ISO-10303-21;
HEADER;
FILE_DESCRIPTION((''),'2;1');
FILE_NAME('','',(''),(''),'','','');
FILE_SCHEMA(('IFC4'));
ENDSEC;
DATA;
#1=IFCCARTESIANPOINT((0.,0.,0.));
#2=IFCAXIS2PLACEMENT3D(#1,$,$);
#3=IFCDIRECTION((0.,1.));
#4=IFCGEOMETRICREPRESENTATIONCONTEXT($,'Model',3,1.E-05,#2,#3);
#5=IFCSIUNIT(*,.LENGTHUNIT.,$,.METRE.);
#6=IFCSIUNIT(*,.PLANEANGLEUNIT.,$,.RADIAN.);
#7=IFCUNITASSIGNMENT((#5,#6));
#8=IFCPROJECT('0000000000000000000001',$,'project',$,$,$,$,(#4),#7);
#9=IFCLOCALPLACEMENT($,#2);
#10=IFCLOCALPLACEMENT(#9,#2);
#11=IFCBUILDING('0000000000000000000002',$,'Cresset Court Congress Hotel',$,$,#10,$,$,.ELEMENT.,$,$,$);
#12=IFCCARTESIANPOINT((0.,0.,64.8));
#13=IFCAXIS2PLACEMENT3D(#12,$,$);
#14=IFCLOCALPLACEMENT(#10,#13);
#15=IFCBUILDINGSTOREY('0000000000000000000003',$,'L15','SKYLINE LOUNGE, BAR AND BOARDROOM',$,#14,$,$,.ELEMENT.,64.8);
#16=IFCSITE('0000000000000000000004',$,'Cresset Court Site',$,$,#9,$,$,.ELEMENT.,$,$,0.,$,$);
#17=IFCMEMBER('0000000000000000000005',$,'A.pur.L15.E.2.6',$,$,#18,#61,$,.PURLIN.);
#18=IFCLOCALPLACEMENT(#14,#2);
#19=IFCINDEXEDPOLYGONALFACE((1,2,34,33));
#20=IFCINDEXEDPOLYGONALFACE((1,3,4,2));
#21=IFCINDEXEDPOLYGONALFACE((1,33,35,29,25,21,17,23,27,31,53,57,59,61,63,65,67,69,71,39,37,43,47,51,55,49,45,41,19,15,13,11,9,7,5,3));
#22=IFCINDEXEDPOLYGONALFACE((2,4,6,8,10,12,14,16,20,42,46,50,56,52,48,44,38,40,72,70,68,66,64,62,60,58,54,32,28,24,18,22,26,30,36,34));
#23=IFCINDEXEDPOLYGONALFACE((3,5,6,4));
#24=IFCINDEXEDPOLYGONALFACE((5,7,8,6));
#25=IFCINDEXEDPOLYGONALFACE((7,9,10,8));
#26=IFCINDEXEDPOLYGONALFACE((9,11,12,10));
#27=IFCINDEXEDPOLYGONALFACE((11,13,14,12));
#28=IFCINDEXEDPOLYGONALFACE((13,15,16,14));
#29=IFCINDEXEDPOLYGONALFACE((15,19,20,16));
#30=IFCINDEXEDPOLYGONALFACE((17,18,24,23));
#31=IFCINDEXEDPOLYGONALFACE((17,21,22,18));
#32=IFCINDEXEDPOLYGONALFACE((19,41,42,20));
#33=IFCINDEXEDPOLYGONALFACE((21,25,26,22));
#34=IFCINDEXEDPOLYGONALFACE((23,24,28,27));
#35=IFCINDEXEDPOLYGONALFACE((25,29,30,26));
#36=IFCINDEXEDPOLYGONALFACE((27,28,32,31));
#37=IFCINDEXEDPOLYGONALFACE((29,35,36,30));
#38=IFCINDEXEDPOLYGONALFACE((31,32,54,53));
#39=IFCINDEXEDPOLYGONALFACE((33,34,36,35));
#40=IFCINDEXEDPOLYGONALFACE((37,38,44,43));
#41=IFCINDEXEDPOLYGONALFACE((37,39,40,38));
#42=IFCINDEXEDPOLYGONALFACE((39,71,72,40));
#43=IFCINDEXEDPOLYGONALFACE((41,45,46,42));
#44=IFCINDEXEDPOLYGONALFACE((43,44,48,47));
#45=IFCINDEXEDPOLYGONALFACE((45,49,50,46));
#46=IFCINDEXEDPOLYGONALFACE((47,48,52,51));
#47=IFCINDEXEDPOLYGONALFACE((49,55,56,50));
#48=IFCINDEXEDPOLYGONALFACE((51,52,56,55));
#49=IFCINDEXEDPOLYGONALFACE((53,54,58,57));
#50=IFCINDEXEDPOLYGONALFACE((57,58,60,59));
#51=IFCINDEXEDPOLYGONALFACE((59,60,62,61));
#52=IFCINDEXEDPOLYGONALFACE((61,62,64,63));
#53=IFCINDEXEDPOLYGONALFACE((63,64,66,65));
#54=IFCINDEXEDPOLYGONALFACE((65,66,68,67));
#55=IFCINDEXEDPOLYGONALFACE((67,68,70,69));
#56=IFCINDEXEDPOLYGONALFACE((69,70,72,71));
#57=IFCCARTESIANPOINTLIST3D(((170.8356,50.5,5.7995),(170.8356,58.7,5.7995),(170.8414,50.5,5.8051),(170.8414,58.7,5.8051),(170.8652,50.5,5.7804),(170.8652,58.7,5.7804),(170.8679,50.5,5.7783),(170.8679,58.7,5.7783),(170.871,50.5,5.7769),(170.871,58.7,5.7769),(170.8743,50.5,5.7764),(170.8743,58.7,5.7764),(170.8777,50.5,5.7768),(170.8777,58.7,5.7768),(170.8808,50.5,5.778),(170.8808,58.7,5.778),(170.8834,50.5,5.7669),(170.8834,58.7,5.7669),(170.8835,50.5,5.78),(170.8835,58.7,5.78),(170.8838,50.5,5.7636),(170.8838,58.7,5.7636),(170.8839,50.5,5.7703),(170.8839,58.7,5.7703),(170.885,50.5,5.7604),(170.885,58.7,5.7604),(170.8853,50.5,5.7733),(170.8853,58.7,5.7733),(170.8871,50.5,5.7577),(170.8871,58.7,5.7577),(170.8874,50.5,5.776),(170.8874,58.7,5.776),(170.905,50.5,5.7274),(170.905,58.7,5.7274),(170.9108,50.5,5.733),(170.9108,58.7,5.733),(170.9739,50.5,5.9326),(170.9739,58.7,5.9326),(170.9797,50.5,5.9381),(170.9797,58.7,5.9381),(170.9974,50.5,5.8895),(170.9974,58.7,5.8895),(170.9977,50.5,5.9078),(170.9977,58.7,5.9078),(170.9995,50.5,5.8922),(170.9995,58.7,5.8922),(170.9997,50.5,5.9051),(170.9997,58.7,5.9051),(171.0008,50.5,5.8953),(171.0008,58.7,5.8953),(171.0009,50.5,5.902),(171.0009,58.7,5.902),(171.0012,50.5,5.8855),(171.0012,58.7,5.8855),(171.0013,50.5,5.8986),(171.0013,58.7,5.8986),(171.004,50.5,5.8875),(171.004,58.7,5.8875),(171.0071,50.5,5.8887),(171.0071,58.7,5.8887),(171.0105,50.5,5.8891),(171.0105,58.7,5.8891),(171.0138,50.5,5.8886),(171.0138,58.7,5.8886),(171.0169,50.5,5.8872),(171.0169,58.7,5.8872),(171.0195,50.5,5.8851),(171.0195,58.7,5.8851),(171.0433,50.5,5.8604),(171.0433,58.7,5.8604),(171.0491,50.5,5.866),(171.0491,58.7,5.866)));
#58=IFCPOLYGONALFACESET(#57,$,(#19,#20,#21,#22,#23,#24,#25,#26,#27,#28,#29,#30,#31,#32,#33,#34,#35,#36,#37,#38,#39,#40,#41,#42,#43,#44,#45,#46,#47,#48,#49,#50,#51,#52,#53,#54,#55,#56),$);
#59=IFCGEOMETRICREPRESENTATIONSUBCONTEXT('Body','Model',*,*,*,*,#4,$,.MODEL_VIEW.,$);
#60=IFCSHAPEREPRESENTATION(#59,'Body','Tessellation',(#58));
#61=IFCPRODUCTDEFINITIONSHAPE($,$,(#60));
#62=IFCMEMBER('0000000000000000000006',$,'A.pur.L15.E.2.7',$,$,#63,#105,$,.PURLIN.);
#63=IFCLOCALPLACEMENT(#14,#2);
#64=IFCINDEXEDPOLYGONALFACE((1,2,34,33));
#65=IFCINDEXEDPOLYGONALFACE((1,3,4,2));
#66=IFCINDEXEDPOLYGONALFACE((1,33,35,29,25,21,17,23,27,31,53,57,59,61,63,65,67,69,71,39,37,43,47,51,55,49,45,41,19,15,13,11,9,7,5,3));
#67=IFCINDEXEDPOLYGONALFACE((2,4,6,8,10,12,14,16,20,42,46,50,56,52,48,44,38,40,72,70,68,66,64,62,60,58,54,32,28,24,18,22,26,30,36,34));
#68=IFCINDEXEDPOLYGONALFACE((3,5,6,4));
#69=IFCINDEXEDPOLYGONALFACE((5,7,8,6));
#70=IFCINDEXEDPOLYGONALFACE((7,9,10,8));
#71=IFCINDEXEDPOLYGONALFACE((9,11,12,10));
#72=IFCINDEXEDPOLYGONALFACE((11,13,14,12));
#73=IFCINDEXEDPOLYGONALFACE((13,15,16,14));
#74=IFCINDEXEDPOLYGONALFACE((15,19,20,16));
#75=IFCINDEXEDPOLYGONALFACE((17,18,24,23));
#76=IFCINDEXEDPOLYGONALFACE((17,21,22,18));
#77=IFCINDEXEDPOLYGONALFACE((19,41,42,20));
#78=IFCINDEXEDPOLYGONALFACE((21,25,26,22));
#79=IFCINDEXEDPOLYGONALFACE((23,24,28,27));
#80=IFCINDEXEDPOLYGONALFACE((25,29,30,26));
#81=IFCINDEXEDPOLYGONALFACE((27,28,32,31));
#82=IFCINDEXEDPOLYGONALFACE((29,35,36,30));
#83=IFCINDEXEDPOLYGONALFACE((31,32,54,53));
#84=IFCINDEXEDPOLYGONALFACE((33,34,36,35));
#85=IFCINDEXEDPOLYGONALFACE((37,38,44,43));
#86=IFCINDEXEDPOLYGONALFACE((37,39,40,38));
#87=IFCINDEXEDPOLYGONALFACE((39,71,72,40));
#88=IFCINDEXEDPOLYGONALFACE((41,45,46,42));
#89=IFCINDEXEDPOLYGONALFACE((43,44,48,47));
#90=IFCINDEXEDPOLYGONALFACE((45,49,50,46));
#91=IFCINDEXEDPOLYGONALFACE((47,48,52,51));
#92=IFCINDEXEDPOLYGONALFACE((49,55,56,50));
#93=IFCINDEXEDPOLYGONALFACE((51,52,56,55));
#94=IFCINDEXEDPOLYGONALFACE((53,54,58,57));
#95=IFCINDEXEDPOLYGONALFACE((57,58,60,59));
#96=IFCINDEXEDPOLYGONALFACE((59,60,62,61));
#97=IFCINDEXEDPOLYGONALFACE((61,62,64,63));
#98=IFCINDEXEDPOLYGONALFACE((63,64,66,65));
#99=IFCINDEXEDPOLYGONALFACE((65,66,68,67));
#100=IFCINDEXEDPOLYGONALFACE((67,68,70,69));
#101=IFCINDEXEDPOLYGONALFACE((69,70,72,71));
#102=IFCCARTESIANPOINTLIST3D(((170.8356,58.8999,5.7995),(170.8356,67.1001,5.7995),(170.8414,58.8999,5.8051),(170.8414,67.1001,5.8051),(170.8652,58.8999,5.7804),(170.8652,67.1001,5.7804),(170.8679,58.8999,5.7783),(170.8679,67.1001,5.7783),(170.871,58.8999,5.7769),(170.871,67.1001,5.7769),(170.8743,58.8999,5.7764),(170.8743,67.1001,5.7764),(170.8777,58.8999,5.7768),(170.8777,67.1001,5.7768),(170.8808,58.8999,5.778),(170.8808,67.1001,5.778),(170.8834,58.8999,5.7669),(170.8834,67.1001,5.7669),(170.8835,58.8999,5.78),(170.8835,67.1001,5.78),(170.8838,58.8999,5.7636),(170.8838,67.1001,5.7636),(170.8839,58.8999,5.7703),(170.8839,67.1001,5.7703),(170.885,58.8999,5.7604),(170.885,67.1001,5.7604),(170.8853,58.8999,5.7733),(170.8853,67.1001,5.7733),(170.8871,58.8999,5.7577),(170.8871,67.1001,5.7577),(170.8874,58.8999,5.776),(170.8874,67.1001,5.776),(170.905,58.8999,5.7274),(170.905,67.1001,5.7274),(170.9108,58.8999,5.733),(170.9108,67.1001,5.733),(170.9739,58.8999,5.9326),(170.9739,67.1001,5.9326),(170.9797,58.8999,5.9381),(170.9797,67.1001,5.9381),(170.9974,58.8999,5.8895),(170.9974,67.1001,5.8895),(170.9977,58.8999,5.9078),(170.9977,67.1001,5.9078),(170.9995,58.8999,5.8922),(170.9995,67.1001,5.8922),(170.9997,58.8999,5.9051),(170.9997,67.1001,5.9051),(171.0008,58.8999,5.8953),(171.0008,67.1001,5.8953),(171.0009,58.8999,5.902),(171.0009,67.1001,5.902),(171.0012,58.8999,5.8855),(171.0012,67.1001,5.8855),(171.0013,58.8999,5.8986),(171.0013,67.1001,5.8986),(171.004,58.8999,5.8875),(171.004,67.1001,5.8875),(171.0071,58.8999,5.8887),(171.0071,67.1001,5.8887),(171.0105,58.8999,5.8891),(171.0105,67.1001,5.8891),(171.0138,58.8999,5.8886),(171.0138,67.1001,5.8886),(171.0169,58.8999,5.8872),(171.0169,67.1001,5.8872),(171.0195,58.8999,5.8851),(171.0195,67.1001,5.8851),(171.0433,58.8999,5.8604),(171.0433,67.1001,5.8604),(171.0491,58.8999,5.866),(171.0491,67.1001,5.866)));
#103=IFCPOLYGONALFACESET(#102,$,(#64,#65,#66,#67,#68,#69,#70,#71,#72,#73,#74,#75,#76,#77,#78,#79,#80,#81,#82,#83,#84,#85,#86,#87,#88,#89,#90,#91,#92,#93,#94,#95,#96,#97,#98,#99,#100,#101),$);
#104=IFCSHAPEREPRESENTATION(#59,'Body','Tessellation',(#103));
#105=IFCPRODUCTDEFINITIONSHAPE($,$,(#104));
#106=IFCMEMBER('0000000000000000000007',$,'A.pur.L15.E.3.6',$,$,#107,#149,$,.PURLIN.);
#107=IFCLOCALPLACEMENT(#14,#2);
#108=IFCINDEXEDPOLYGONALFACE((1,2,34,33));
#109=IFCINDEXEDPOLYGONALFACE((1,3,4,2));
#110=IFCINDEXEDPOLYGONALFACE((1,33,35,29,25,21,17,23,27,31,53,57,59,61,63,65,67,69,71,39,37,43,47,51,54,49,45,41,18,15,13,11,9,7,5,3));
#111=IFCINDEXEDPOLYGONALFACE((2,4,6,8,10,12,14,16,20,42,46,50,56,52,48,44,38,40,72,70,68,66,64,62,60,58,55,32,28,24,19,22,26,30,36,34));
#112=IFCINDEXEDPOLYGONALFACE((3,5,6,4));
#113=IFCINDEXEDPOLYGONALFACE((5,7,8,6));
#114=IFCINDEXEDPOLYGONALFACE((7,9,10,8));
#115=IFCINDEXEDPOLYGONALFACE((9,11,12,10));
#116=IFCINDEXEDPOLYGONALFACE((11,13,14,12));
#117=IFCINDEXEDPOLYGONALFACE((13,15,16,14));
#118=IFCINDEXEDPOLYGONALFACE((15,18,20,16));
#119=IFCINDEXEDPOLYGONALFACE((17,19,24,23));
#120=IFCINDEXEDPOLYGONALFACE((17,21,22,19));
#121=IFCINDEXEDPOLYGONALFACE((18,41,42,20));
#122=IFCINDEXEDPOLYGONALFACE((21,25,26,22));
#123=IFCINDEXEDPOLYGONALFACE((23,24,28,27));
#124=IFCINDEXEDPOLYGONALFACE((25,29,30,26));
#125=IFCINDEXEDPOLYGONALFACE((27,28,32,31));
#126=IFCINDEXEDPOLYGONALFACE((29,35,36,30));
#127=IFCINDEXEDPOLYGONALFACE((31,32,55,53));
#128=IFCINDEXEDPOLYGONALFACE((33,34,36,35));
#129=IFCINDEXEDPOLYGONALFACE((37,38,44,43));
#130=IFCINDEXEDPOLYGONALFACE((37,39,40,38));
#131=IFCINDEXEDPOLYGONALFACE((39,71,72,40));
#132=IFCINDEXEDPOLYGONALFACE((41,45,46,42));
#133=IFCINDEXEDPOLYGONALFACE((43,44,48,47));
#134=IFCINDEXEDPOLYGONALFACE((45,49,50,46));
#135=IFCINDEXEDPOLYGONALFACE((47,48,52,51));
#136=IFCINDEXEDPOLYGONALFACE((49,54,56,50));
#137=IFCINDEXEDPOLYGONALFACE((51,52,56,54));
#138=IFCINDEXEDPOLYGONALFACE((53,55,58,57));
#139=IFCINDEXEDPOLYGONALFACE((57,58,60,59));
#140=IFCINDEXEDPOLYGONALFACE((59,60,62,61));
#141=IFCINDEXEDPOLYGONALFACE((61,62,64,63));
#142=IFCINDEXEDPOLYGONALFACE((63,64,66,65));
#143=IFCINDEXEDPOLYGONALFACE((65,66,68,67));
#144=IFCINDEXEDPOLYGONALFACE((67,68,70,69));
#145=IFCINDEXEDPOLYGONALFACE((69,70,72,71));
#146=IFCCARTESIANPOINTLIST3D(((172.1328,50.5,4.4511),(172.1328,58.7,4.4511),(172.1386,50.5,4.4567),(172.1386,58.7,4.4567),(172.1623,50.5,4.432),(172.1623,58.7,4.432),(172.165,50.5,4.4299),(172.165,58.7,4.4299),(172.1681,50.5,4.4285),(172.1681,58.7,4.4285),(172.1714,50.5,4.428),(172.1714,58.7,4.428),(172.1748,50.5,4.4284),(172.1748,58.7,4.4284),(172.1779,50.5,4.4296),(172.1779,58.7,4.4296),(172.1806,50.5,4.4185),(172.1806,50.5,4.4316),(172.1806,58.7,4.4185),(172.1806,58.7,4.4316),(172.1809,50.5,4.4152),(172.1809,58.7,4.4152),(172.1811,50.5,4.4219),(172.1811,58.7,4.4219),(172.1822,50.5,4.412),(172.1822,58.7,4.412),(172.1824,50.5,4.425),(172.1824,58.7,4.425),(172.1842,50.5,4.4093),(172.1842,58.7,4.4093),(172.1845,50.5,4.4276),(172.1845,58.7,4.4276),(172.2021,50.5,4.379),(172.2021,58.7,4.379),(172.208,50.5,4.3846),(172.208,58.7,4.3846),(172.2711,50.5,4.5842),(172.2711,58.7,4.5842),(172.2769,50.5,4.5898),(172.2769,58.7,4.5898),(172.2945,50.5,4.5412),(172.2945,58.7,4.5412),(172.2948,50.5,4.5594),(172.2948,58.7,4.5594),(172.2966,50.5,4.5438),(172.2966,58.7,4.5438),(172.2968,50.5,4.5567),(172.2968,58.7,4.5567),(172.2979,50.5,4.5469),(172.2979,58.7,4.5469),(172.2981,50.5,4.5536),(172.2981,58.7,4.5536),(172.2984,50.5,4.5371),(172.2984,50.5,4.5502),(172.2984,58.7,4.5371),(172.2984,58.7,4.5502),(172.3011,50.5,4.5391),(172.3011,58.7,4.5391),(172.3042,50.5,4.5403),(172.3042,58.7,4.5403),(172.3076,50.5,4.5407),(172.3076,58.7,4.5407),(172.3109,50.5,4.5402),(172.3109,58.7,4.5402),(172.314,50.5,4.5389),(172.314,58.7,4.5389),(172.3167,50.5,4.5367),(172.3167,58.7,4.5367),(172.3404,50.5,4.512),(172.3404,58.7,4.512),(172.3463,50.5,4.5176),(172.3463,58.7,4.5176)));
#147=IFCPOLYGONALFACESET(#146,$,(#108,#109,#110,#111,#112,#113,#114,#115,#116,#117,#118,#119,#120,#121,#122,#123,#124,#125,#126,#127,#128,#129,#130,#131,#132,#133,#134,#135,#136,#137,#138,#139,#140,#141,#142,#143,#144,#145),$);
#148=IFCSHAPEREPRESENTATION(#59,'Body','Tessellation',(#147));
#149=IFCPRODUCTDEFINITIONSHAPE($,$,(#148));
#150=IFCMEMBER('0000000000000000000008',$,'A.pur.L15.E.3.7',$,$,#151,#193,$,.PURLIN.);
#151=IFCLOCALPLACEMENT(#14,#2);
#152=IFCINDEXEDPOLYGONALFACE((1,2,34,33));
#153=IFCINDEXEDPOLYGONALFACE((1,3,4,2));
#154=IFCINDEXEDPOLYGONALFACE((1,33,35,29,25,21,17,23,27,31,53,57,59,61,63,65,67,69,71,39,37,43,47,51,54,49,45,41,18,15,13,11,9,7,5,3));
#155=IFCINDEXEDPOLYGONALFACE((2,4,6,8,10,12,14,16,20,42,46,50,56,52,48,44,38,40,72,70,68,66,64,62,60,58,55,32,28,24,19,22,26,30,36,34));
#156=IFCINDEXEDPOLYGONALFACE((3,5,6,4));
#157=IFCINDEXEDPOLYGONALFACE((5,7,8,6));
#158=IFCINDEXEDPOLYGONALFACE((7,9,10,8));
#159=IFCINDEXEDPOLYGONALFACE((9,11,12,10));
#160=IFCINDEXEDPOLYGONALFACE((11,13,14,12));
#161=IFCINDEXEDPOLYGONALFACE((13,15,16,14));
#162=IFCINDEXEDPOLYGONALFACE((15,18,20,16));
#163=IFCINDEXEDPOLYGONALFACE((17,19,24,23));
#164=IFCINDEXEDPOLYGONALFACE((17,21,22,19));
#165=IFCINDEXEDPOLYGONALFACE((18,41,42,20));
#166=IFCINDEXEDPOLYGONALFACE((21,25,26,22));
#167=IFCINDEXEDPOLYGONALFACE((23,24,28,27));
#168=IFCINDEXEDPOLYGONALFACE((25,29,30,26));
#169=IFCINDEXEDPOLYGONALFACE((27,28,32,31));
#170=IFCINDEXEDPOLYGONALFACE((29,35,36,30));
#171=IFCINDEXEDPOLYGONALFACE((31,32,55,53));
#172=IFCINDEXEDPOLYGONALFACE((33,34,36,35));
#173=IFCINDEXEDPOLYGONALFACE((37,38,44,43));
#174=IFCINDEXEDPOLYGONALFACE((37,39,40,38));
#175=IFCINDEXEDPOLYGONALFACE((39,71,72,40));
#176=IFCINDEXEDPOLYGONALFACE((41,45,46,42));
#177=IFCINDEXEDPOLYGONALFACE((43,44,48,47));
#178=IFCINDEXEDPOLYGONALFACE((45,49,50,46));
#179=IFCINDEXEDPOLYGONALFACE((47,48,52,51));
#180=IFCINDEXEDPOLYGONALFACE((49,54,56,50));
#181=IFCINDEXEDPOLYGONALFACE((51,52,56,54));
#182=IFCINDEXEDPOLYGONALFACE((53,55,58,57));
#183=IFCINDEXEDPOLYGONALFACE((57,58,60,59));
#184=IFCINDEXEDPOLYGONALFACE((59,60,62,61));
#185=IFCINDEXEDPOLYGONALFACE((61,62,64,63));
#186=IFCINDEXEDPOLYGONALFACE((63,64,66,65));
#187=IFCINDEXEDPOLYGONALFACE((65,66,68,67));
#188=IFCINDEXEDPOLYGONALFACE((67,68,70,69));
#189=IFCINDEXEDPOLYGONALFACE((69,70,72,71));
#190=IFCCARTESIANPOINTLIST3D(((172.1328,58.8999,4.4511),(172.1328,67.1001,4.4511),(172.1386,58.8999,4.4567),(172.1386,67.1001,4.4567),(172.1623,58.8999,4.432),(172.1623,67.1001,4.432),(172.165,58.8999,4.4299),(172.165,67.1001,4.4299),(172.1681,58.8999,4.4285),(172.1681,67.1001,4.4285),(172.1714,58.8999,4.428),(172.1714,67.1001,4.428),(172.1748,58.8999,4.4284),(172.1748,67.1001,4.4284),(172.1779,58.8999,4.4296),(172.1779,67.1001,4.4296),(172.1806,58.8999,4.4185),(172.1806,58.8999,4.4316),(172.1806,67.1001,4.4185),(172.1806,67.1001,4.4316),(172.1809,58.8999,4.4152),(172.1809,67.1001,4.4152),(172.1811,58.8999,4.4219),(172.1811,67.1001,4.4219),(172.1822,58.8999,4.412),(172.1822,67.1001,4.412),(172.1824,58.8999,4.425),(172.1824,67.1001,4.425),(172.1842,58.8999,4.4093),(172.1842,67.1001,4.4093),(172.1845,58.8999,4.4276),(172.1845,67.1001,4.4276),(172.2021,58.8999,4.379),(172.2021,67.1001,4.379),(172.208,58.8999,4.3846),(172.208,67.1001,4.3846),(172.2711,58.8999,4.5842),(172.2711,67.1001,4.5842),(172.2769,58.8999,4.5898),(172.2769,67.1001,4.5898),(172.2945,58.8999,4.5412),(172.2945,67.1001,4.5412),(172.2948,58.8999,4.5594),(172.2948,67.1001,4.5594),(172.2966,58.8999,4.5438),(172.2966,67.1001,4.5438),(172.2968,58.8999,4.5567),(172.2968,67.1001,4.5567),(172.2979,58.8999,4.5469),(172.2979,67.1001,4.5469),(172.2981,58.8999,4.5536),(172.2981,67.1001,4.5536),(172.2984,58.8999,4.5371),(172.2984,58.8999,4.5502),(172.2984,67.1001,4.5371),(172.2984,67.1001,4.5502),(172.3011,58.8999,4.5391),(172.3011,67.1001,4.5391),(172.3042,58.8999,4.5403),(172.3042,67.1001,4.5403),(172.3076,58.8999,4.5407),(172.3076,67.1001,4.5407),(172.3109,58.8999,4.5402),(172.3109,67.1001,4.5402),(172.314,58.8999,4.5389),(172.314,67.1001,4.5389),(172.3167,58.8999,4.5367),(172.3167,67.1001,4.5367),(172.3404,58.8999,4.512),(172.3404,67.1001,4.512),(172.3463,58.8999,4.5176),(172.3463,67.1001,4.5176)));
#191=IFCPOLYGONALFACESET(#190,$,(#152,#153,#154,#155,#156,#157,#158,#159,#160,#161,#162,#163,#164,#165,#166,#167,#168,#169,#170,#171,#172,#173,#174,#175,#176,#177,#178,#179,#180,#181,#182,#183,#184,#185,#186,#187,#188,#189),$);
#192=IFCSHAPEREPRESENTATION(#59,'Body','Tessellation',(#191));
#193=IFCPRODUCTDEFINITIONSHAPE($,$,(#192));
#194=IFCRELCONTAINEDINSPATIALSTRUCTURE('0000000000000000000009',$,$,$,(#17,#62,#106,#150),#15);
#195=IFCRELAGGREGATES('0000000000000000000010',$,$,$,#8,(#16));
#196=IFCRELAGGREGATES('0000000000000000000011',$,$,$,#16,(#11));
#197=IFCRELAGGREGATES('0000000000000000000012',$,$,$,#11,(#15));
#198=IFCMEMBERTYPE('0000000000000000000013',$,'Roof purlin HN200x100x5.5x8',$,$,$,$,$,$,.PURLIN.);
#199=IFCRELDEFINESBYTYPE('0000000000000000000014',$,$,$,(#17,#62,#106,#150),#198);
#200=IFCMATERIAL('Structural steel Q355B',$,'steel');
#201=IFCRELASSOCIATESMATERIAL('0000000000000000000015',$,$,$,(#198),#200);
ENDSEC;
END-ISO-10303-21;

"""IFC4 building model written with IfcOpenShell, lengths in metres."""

from ifc_helpers import new_model, si_unit, direction, frame, origin, origin_2d, place, context, subcontext, project, spatial, i_section, extrude, material, material_profile, profile_set, type_object, element, save


model = new_model("IFC4")

# Units and contexts
model_context = context("Model", 3, precision=1e-05, world=origin(), true_north=direction((0.0, 1.0)))
body_context = subcontext(model_context, "Body", "Model", "MODEL_VIEW")
ifc_project = project(units=[si_unit("LENGTHUNIT", "METRE"), si_unit("PLANEANGLEUNIT", "RADIAN")], contexts=[model_context])

# Site, building, storey
site_placement = place(None, origin())
site = spatial("IfcSite", under=ifc_project, at=site_placement, Name="Cresset Court Site", CompositionType="ELEMENT", RefElevation=0.0)
building_placement = place(site_placement, origin())
building = spatial("IfcBuilding", under=site, at=building_placement, Name="Cresset Court Congress Hotel", CompositionType="ELEMENT")
storey_placement = place(building_placement, frame((0.0, 0.0, 64.8)))
storey = spatial("IfcBuildingStorey", under=building, at=storey_placement, Name="L15", Description="SKYLINE LOUNGE, BAR AND BOARDROOM", CompositionType="ELEMENT", Elevation=64.8)

# Members
ifc_material_1 = material(Name="Structural steel Q355B", Category="steel")
ifc_material_profile_1 = material_profile(ifc_material_1, i_section(OverallWidth=0.1001, OverallDepth=0.2, WebThickness=0.0056, FlangeThickness=0.0081, FilletRadius=0.0129, at=origin_2d()), Name="HN200x100x5.5x8")
ifc_profile_set_1 = profile_set([ifc_material_profile_1], Name="Structural steel Q355B")
member_type_1 = type_object("IfcMemberType", Name="Roof purlin HN200x100x5.5x8", PredefinedType="PURLIN", material=ifc_profile_set_1)
member_1_placement = place(storey_placement, frame((170.9424, 50.5, 5.8328), z_axis=(0.0, 1.0, 0.0), x_axis=(-0.693246, 0.0, 0.720701)))
element("IfcMember", 1, at=member_1_placement, inside=storey, type_object=member_type_1, Name="A.pur.L15.E.2.6", PredefinedType="PURLIN", context=body_context, shape_type="SweptSolid", body=[
    extrude(i_section(OverallWidth=0.1001, OverallDepth=0.2, WebThickness=0.0056, FlangeThickness=0.0081, FilletRadius=0.0129, at=origin_2d()), origin(), (0.0, 0.0, 1.0), 8.2),
])
member_2_placement = place(storey_placement, frame((170.9424, 58.8999, 5.8328), z_axis=(0.0, 1.0, 0.0), x_axis=(-0.693246, 0.0, 0.720701)))
element("IfcMember", 2, at=member_2_placement, inside=storey, type_object=member_type_1, Name="A.pur.L15.E.2.7", PredefinedType="PURLIN", context=body_context, shape_type="SweptSolid", body=[
    extrude(i_section(OverallWidth=0.1001, OverallDepth=0.2, WebThickness=0.0056, FlangeThickness=0.0081, FilletRadius=0.0129, at=origin_2d()), origin(), (0.0, 0.0, 1.0), 8.2002),
])
member_3_placement = place(storey_placement, frame((172.2395, 50.5, 4.4844), z_axis=(0.0, 1.0, 0.0), x_axis=(-0.693246, 0.0, 0.720701)))
element("IfcMember", 3, at=member_3_placement, inside=storey, type_object=member_type_1, Name="A.pur.L15.E.3.6", PredefinedType="PURLIN", context=body_context, shape_type="SweptSolid", body=[
    extrude(i_section(OverallWidth=0.1001, OverallDepth=0.2, WebThickness=0.0056, FlangeThickness=0.0081, FilletRadius=0.0129, at=origin_2d()), origin(), (0.0, 0.0, 1.0), 8.2),
])
member_4_placement = place(storey_placement, frame((172.2395, 58.8999, 4.4844), z_axis=(0.0, 1.0, 0.0), x_axis=(-0.693246, 0.0, 0.720701)))
element("IfcMember", 4, at=member_4_placement, inside=storey, type_object=member_type_1, Name="A.pur.L15.E.3.7", PredefinedType="PURLIN", context=body_context, shape_type="SweptSolid", body=[
    extrude(i_section(OverallWidth=0.1001, OverallDepth=0.2, WebThickness=0.0056, FlangeThickness=0.0081, FilletRadius=0.0129, at=origin_2d()), origin(), (0.0, 0.0, 1.0), 8.2002),
])

save(model, "model.ifc")
